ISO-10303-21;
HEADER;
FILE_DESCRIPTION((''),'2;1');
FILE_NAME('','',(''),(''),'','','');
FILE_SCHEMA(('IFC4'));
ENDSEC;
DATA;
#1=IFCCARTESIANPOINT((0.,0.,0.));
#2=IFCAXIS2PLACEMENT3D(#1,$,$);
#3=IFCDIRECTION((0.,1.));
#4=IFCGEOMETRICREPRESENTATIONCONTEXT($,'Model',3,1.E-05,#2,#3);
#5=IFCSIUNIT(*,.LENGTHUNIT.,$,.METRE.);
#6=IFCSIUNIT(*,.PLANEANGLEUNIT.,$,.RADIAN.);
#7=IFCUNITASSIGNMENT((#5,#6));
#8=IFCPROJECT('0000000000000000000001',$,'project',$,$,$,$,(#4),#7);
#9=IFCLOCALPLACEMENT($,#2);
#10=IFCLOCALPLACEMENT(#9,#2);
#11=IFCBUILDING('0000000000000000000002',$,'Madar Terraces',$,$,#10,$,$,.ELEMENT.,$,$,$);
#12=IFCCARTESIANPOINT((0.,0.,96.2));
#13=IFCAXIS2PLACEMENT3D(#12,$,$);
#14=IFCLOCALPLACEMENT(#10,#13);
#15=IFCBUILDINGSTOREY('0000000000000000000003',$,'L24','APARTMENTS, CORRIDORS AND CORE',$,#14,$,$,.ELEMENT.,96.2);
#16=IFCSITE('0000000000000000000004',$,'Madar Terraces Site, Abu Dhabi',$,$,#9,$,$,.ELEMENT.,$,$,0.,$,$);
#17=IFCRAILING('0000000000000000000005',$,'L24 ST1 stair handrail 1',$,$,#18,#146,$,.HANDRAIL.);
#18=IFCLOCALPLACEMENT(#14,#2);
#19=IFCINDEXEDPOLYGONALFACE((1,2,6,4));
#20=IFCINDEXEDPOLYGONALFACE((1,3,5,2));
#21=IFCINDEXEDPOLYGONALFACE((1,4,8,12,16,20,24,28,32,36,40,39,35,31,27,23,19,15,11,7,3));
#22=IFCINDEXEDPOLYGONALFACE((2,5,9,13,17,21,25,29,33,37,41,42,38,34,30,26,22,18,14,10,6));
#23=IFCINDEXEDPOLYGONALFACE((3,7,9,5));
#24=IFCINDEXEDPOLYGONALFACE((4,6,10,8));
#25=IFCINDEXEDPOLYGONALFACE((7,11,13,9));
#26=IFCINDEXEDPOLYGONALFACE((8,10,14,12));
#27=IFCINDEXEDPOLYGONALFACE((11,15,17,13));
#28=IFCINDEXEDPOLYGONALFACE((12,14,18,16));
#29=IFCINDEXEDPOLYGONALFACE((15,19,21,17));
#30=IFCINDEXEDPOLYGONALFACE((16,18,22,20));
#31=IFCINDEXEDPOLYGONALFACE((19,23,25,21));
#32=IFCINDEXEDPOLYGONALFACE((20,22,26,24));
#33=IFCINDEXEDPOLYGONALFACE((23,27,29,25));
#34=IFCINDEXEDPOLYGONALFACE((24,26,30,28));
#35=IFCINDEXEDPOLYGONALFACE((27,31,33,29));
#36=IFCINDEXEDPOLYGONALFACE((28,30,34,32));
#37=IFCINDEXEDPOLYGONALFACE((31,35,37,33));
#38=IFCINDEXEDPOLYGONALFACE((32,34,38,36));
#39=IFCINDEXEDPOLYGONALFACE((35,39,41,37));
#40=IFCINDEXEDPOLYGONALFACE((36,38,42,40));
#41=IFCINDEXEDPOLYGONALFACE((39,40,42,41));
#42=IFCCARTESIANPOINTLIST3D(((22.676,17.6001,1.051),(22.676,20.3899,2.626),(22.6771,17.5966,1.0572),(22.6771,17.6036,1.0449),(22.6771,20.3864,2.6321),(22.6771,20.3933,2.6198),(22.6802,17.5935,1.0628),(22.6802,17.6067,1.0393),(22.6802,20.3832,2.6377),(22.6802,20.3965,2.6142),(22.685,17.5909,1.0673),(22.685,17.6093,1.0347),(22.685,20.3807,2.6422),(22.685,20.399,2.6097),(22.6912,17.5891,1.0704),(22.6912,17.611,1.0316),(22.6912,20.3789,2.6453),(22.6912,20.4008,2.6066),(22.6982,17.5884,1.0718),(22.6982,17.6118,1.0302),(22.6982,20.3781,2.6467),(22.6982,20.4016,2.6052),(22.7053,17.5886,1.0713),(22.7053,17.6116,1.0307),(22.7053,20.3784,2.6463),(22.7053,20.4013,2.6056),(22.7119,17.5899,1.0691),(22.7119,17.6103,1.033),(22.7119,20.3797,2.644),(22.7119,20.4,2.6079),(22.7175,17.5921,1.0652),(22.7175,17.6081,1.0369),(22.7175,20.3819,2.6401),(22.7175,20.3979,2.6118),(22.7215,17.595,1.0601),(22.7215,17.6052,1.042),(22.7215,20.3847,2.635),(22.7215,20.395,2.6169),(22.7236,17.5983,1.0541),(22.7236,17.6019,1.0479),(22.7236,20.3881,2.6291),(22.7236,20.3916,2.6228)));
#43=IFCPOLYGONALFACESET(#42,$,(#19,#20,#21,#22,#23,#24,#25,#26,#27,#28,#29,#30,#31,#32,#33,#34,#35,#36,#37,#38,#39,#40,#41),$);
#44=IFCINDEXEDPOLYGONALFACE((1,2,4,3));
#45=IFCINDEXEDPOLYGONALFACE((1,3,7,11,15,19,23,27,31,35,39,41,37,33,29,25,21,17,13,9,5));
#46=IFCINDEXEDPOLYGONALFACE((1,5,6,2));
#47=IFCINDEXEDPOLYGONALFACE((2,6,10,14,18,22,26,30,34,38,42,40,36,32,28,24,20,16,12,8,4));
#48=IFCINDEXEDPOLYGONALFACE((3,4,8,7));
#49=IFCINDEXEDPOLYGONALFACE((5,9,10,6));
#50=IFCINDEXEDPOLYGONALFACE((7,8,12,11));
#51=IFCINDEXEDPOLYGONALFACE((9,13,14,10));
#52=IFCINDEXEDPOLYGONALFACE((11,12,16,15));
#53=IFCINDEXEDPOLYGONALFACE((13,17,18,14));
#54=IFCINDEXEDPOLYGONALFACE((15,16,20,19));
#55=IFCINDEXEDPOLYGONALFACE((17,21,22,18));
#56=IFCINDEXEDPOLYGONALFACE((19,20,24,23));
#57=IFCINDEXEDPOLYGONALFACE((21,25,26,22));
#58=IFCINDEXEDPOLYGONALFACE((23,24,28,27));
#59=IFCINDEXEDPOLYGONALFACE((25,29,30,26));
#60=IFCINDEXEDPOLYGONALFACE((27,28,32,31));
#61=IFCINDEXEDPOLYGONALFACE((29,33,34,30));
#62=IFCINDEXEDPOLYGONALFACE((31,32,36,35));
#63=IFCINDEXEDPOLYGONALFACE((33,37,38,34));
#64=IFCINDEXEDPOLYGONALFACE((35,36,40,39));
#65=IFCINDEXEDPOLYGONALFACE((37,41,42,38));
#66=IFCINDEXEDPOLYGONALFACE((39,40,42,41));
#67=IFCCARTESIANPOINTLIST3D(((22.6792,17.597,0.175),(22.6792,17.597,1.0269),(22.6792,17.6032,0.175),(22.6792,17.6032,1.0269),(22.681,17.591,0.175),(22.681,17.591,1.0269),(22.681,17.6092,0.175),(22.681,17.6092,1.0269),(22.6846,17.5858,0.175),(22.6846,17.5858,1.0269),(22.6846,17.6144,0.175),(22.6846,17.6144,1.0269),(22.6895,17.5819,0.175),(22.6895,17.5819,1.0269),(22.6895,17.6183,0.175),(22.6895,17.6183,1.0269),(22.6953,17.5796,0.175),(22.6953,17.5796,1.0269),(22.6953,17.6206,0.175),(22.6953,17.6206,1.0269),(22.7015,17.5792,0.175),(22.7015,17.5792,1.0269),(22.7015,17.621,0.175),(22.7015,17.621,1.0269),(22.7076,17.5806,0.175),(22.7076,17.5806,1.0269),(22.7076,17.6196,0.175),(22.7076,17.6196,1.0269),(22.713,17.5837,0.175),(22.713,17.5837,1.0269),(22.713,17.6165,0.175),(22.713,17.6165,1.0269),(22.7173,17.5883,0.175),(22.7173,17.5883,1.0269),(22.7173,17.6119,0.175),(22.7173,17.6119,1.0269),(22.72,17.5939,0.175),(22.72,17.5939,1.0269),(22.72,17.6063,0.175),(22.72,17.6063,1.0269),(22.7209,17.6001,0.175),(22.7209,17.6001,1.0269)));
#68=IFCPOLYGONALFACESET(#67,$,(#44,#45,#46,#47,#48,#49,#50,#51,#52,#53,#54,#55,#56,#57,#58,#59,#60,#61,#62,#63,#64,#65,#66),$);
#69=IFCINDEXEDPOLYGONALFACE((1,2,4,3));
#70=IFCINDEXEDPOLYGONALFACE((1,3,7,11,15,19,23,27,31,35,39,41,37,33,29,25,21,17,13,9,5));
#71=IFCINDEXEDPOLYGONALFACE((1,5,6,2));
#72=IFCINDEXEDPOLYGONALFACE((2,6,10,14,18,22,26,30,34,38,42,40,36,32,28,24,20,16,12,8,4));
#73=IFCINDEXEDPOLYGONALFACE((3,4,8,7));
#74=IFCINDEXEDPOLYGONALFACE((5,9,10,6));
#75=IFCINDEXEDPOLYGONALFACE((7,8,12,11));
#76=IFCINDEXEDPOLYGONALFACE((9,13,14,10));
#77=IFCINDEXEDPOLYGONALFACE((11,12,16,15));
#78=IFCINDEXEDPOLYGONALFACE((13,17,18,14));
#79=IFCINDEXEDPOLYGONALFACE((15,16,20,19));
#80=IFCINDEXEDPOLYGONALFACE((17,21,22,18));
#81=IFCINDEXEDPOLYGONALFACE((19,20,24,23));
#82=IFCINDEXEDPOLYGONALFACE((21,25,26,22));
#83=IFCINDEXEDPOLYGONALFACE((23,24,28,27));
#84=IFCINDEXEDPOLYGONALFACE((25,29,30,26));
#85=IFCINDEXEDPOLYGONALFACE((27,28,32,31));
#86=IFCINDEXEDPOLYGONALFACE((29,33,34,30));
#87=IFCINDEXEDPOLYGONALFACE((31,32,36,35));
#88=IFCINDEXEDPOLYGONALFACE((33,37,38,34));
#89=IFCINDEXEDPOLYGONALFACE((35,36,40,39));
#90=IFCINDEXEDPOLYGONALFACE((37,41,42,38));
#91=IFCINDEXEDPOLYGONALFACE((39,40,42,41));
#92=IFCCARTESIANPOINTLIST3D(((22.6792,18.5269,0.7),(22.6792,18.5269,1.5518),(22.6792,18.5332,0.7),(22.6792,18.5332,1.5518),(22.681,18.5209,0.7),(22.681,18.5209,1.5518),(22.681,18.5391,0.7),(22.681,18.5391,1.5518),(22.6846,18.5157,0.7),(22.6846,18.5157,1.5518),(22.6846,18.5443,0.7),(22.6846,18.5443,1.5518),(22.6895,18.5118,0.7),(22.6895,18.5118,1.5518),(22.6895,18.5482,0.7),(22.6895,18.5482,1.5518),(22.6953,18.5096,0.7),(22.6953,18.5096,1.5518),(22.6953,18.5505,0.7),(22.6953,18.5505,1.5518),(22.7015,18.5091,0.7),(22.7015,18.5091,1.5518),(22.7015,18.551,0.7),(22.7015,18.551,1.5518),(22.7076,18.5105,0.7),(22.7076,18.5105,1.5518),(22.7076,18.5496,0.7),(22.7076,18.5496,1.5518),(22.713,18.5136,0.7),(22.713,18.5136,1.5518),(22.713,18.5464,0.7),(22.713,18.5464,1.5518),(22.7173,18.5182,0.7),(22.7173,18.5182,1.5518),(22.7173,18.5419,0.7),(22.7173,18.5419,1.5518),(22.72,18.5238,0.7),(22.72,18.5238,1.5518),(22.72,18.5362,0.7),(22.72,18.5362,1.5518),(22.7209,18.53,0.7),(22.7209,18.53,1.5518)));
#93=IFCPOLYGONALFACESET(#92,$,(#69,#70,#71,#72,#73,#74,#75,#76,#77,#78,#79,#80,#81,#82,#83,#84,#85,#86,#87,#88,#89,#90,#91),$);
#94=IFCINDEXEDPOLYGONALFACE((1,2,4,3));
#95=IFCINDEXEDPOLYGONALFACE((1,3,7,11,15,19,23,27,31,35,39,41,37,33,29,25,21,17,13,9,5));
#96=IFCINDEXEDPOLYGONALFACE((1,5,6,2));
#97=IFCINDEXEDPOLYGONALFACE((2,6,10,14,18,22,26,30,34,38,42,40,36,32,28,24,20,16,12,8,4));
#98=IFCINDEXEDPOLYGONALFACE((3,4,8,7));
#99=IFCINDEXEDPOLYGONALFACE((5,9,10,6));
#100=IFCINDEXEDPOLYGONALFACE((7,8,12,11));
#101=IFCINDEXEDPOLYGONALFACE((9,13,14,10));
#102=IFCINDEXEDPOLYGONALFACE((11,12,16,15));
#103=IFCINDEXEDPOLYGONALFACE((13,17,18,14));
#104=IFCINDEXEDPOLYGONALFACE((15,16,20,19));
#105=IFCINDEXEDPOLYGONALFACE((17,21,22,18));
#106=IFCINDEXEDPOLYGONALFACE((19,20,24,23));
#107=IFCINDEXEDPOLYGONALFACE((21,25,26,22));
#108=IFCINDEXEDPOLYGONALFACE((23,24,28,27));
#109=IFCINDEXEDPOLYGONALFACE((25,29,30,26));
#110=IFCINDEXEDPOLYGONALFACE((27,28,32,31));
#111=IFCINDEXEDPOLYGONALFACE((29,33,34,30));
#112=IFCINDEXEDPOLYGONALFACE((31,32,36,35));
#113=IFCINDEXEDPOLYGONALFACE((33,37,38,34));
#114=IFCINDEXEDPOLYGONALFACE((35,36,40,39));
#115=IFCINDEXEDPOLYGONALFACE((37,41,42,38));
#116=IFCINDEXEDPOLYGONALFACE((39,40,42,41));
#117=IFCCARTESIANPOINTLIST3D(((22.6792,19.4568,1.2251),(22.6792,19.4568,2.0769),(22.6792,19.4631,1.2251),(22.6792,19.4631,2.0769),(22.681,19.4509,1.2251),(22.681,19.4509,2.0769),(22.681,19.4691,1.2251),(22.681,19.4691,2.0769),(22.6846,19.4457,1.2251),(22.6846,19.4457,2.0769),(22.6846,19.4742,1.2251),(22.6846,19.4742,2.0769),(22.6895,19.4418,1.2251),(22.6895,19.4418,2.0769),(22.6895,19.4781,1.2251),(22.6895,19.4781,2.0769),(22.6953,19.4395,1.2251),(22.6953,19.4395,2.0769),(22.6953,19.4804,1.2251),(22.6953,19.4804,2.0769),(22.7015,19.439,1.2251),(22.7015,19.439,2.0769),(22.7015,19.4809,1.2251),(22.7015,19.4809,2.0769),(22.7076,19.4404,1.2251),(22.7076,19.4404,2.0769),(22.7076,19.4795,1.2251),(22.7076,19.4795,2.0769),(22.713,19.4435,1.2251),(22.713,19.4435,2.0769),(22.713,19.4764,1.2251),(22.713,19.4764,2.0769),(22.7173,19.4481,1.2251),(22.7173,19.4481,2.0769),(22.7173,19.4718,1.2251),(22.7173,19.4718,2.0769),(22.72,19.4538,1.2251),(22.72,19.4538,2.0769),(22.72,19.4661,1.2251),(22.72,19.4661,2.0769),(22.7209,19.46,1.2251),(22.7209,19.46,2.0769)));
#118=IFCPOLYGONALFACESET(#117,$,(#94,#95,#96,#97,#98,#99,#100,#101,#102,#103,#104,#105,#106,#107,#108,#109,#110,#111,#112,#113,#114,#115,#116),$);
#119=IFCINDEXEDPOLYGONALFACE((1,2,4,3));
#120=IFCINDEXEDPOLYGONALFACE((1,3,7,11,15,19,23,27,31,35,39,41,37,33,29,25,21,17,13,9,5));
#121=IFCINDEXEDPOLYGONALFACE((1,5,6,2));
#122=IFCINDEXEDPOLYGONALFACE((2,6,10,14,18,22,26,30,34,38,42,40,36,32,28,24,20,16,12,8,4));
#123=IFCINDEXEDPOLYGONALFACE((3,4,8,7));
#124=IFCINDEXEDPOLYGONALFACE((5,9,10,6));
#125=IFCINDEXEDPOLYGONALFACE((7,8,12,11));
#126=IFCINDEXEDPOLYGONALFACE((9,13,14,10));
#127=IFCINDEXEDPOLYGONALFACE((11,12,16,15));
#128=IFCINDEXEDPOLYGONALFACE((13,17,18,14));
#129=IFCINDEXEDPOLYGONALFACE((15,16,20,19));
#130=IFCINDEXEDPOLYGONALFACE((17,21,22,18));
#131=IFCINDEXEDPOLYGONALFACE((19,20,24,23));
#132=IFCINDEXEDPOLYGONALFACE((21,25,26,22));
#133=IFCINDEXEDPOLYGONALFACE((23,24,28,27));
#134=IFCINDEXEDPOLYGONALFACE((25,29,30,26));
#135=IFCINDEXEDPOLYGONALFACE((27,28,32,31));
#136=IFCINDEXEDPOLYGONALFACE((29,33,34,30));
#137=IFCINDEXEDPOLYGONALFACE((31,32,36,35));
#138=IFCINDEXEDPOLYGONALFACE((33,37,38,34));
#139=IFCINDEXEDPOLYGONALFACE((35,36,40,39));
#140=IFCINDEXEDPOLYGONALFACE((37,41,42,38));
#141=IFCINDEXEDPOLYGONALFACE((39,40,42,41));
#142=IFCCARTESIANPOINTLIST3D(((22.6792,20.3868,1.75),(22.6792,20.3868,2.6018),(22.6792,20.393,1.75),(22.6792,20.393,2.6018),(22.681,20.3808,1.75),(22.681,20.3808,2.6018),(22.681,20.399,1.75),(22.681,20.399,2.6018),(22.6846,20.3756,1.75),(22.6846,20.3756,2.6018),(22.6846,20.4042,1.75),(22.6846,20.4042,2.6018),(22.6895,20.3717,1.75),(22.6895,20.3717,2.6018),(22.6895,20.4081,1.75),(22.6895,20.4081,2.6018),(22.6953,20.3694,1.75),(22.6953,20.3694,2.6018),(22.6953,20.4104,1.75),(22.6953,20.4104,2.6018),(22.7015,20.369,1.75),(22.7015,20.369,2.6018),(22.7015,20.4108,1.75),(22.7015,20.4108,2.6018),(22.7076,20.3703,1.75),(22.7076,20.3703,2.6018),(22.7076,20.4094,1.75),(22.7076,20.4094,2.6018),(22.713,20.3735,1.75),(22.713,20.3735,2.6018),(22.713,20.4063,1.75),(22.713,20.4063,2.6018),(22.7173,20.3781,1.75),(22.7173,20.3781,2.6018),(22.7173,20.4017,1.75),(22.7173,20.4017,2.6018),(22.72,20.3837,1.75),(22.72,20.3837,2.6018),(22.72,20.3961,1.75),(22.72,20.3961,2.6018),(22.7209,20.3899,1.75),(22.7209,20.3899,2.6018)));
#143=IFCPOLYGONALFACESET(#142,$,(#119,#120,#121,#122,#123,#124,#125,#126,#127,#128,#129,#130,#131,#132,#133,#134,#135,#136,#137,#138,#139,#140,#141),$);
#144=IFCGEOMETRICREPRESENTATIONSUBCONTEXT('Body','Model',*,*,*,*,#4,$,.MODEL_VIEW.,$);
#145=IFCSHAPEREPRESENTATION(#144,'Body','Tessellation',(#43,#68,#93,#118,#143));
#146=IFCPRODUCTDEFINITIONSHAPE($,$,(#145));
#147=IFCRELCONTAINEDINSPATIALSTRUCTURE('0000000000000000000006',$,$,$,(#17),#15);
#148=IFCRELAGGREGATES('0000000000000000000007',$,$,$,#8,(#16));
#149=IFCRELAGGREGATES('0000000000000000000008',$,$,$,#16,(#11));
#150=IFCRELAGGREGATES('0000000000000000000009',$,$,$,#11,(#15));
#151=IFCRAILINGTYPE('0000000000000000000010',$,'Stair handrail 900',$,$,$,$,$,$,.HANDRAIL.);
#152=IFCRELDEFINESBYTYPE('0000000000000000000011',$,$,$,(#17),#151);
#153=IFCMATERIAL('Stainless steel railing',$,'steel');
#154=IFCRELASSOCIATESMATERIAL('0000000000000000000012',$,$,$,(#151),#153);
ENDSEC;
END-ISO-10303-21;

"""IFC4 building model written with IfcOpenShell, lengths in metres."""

from ifc_helpers import new_model, si_unit, direction, frame, origin, origin_2d, place, context, subcontext, project, spatial, circle, extrude, material, type_object, element, save


model = new_model("IFC4")

# Units and contexts
model_context = context("Model", 3, precision=1e-05, world=origin(), true_north=direction((0.0, 1.0)))
body_context = subcontext(model_context, "Body", "Model", "MODEL_VIEW")
ifc_project = project(units=[si_unit("LENGTHUNIT", "METRE"), si_unit("PLANEANGLEUNIT", "RADIAN")], contexts=[model_context])

# Site, building, storey
site_placement = place(None, origin())
site = spatial("IfcSite", under=ifc_project, at=site_placement, Name="Madar Terraces Site, Abu Dhabi", CompositionType="ELEMENT", RefElevation=0.0)
building_placement = place(site_placement, origin())
building = spatial("IfcBuilding", under=site, at=building_placement, Name="Madar Terraces", CompositionType="ELEMENT")
storey_placement = place(building_placement, frame((0.0, 0.0, 96.2)))
storey = spatial("IfcBuildingStorey", under=building, at=storey_placement, Name="L24", Description="APARTMENTS, CORRIDORS AND CORE", CompositionType="ELEMENT", Elevation=96.2)

# Railing
ifc_material_1 = material(Name="Stainless steel railing", Category="steel")
railing_type_1 = type_object("IfcRailingType", Name="Stair handrail 900", PredefinedType="HANDRAIL", material=ifc_material_1)
railing_1_placement = place(storey_placement, frame((22.7, 17.6001, 0.175)))
element("IfcRailing", 1, at=railing_1_placement, inside=storey, type_object=railing_type_1, Name="L24 ST1 stair handrail 1", PredefinedType="HANDRAIL", context=body_context, shape_type="SweptSolid", body=[
    extrude(circle(Radius=0.0239, at=origin_2d()), frame((0.0, 0.0, 0.876), z_axis=(0.0, 0.870815, 0.49161), x_axis=(-1.0, 0.0, 0.0)), (0.0, 0.0, 1.0), 3.2036),
    extrude(circle(Radius=0.021, at=origin_2d()), origin(), (0.0, 0.0, 1.0), 0.8518),
    extrude(circle(Radius=0.021, at=origin_2d()), frame((0.0, 0.9299, 0.5249)), (0.0, 0.0, 1.0), 0.8518),
    extrude(circle(Radius=0.021, at=origin_2d()), frame((0.0, 1.8599, 1.05)), (0.0, 0.0, 1.0), 0.8518),
    extrude(circle(Radius=0.021, at=origin_2d()), frame((0.0, 2.7898, 1.575)), (0.0, 0.0, 1.0), 0.8518),
])

save(model, "model.ifc")
